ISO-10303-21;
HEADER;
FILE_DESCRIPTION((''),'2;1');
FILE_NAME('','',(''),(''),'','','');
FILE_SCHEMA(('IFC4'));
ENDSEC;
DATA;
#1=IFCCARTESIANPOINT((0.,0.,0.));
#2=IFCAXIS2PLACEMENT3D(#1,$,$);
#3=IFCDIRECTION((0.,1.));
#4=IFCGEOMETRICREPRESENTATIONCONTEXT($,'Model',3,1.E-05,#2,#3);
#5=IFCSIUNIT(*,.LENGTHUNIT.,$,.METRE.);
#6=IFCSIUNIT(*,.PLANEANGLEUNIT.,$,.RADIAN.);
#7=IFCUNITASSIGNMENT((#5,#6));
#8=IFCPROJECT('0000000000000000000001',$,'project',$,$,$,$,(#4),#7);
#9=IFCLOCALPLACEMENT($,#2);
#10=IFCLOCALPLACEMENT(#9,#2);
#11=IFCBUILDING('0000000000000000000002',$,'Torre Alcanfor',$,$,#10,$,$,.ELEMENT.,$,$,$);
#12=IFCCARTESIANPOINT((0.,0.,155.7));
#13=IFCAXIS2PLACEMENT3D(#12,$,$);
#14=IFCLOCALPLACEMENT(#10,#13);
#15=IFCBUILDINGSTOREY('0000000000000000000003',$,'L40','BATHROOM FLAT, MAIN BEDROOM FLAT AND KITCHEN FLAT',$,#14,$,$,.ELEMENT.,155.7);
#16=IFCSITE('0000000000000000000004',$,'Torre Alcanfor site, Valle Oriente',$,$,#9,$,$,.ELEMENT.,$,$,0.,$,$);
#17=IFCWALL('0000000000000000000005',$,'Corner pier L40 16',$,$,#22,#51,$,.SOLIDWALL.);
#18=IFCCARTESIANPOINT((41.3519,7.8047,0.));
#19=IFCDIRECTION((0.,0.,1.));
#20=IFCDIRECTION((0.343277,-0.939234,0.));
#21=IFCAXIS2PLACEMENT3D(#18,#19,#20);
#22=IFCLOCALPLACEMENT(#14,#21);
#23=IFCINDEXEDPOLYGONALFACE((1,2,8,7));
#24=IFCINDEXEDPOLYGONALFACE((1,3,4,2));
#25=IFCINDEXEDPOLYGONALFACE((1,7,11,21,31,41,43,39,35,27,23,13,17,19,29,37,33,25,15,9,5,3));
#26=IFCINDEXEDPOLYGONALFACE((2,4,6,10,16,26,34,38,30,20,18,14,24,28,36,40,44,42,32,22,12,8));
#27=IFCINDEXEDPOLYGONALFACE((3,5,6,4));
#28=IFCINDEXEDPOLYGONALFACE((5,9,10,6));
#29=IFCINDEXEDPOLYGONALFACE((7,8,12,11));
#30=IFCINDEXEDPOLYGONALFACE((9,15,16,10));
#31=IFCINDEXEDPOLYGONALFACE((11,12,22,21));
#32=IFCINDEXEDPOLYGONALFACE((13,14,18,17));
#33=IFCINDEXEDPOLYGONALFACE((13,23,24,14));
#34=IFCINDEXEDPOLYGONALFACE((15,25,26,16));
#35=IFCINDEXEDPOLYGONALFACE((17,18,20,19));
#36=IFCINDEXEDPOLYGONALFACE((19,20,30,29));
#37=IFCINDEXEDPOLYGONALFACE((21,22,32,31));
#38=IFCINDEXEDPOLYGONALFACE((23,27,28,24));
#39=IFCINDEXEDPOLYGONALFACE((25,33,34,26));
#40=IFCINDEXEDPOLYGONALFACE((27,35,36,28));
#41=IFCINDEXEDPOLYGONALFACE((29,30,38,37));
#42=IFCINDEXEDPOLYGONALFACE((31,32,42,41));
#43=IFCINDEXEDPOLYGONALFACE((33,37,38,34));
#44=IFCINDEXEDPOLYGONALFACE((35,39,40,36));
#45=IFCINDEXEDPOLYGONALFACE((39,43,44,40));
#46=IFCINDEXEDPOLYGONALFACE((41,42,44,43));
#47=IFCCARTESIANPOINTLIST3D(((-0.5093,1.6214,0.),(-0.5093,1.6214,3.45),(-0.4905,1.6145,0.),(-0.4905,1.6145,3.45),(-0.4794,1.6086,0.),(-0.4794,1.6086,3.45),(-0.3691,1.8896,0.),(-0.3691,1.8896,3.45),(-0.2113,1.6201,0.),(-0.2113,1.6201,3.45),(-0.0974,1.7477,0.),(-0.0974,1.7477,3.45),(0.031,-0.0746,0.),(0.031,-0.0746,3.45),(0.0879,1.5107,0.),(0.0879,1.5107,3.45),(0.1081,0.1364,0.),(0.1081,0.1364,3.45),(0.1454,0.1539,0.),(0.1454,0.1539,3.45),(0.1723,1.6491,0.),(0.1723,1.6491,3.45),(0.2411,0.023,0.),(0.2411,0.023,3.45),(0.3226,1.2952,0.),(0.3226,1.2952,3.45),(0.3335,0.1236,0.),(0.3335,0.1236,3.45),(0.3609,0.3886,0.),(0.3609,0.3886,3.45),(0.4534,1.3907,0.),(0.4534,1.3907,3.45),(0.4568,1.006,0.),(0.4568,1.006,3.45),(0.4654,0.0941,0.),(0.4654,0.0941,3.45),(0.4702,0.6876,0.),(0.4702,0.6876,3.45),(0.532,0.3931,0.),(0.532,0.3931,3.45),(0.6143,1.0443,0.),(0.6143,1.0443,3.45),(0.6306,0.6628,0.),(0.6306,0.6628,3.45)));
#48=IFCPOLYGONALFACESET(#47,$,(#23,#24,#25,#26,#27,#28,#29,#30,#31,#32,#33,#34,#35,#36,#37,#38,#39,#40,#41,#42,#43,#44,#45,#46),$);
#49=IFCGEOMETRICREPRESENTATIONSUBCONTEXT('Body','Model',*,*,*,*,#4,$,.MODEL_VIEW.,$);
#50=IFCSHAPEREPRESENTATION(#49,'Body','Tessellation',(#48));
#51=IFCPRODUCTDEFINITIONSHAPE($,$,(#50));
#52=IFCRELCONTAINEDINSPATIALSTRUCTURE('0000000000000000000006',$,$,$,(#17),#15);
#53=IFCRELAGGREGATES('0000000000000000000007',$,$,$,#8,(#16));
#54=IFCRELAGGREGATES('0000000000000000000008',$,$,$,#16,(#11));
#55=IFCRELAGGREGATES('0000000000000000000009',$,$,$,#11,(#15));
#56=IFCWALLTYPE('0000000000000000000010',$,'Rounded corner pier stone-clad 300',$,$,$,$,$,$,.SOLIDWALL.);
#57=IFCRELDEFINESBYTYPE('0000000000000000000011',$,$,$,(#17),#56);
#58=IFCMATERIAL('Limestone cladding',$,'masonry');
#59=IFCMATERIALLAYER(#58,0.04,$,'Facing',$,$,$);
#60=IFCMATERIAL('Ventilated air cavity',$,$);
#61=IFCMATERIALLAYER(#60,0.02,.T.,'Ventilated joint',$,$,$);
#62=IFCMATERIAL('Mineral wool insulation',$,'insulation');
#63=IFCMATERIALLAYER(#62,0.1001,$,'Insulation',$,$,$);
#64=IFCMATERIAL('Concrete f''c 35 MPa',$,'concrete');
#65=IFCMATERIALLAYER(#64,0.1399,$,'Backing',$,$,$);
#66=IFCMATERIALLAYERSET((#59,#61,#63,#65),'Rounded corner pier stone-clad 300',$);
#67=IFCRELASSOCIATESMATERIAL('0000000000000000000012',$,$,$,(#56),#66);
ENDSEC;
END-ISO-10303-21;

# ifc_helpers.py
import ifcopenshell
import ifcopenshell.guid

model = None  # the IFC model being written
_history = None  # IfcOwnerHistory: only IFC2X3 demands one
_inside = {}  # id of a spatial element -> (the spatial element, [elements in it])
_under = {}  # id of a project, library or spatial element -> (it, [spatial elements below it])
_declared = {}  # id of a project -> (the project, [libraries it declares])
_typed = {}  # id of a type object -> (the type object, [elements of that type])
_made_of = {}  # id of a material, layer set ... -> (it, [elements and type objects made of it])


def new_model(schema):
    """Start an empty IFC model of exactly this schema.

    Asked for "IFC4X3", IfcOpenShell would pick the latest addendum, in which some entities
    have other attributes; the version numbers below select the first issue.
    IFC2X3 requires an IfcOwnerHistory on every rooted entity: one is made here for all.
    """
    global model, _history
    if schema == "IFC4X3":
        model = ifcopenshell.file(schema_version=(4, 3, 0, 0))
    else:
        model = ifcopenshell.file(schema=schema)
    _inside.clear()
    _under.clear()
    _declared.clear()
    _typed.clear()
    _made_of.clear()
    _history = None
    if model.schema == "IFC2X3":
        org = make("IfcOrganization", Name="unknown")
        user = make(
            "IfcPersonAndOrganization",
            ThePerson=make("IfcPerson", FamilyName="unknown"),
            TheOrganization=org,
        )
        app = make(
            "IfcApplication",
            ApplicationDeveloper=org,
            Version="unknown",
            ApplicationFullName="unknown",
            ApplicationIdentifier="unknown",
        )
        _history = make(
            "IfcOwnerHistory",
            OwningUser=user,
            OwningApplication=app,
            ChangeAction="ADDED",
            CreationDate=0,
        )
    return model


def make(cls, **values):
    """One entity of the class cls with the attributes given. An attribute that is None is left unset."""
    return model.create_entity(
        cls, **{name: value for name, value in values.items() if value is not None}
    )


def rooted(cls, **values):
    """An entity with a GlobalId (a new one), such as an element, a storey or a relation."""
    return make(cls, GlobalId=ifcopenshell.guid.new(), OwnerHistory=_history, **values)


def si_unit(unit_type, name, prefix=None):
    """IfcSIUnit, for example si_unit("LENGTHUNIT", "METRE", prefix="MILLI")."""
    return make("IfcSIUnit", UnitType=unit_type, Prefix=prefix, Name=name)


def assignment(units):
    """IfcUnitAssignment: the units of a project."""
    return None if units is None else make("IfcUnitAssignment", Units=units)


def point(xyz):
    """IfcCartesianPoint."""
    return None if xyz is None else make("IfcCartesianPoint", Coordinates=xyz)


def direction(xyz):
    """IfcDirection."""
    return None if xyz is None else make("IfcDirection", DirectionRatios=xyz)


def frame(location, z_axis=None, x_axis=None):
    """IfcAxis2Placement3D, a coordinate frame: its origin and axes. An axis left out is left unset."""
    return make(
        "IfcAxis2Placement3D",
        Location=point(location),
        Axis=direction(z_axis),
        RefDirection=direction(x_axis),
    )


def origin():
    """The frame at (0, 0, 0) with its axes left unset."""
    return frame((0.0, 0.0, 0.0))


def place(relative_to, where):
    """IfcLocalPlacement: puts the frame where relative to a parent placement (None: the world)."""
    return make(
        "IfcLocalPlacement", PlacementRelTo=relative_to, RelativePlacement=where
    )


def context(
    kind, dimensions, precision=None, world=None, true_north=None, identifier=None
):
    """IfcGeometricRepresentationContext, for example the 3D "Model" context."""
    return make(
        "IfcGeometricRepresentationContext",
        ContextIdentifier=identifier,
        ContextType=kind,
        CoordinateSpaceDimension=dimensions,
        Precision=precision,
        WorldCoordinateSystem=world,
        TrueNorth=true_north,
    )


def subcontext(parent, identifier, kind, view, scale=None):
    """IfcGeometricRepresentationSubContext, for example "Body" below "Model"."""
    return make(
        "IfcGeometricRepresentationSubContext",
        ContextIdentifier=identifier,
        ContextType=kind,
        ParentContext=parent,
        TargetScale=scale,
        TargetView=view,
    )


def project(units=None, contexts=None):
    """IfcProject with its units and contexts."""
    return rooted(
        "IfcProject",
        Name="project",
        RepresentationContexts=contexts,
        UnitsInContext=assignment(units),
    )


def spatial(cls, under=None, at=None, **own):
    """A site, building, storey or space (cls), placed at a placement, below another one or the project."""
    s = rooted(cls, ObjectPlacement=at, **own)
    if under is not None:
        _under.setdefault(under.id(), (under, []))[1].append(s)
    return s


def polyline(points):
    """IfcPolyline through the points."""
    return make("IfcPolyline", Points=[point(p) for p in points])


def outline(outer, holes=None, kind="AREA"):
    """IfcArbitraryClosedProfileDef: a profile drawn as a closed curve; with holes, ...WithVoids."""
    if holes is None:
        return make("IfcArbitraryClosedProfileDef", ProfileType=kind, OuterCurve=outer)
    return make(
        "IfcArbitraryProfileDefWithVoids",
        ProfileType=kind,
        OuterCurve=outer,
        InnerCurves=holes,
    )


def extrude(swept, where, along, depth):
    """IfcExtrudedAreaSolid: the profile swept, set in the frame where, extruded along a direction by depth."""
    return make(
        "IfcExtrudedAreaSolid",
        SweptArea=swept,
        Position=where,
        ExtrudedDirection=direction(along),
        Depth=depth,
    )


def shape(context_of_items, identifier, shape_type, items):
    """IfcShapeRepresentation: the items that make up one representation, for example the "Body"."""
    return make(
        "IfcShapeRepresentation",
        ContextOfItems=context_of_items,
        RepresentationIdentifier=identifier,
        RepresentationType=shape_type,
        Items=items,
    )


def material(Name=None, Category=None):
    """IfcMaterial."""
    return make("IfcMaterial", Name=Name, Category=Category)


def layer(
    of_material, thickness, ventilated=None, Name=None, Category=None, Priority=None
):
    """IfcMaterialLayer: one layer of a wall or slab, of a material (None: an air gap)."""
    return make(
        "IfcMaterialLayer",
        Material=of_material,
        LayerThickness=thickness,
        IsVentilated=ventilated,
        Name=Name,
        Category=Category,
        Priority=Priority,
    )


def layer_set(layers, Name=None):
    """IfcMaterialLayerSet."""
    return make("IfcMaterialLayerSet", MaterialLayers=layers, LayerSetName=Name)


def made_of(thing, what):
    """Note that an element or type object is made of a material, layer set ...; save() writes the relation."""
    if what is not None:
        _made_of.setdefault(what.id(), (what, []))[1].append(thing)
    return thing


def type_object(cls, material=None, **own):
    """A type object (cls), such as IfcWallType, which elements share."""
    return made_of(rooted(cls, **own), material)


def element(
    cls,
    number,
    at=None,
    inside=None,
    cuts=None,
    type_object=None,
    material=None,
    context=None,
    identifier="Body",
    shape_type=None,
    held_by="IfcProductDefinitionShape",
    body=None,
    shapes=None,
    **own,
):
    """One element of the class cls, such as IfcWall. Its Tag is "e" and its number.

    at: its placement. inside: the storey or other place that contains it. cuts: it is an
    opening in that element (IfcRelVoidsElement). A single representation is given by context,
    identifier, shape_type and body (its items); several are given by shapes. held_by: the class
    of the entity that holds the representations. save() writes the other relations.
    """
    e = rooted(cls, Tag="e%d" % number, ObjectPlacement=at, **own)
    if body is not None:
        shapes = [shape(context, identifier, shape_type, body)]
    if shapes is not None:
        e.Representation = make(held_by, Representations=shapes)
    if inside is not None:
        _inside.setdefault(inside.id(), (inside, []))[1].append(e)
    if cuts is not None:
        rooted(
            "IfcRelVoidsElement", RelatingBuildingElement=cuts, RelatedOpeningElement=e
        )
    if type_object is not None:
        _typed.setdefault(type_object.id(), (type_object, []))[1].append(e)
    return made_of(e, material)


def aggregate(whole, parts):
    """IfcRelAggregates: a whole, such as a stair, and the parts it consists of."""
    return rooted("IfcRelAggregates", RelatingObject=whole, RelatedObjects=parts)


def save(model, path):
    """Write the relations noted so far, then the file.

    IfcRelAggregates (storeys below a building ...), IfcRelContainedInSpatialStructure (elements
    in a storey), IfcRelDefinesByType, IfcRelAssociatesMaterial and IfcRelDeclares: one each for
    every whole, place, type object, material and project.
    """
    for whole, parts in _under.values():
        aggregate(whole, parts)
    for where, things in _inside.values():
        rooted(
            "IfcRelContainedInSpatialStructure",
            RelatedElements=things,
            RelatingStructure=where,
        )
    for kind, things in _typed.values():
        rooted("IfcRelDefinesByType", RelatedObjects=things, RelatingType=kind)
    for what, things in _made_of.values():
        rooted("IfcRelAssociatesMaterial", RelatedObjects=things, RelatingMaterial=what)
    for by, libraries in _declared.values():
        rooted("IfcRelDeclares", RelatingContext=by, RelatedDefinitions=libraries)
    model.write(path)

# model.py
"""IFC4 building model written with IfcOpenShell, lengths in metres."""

from ifc_helpers import new_model, si_unit, direction, frame, origin, place, context, subcontext, project, spatial, polyline, outline, extrude, material, layer, layer_set, type_object, element, save


model = new_model("IFC4")

# Units and contexts
model_context = context("Model", 3, precision=1e-05, world=origin(), true_north=direction((0.0, 1.0)))
body_context = subcontext(model_context, "Body", "Model", "MODEL_VIEW")
ifc_project = project(units=[si_unit("LENGTHUNIT", "METRE"), si_unit("PLANEANGLEUNIT", "RADIAN")], contexts=[model_context])

# Site, building, storey
site_placement = place(None, origin())
site = spatial("IfcSite", under=ifc_project, at=site_placement, Name="Torre Alcanfor site, Valle Oriente", CompositionType="ELEMENT", RefElevation=0.0)
building_placement = place(site_placement, origin())
building = spatial("IfcBuilding", under=site, at=building_placement, Name="Torre Alcanfor", CompositionType="ELEMENT")
storey_placement = place(building_placement, frame((0.0, 0.0, 155.7)))
storey = spatial("IfcBuildingStorey", under=building, at=storey_placement, Name="L40", Description="BATHROOM FLAT, MAIN BEDROOM FLAT AND KITCHEN FLAT", CompositionType="ELEMENT", Elevation=155.7)

# Wall
ifc_material_1 = material(Name="Limestone cladding", Category="masonry")
ifc_layer_1 = layer(ifc_material_1, 0.04, Name="Facing")
ifc_material_2 = material(Name="Ventilated air cavity")
ifc_layer_2 = layer(ifc_material_2, 0.02, ventilated=True, Name="Ventilated joint")
ifc_material_3 = material(Name="Mineral wool insulation", Category="insulation")
ifc_layer_3 = layer(ifc_material_3, 0.1001, Name="Insulation")
ifc_material_4 = material(Name="Concrete f'c 35 MPa", Category="concrete")
ifc_layer_4 = layer(ifc_material_4, 0.1399, Name="Backing")
ifc_layer_set_1 = layer_set([ifc_layer_1, ifc_layer_2, ifc_layer_3, ifc_layer_4], Name="Rounded corner pier stone-clad 300")
wall_type_1 = type_object("IfcWallType", Name="Rounded corner pier stone-clad 300", PredefinedType="SOLIDWALL", material=ifc_layer_set_1)
wall_1_placement = place(storey_placement, frame((41.3519, 7.8047, 0.0), z_axis=(0.0, 0.0, 1.0), x_axis=(0.343277, -0.939234, 0.0)))
element("IfcWall", 1, at=wall_1_placement, inside=storey, type_object=wall_type_1, Name="Corner pier L40 16", PredefinedType="SOLIDWALL", context=body_context, shape_type="SweptSolid", body=[
    extrude(outline(polyline([(-0.3691, 1.8896), (-0.5093, 1.6214), (-0.4905, 1.6145), (-0.4794, 1.6086), (-0.2113, 1.6201), (0.0879, 1.5107), (0.3226, 1.2952), (0.4568, 1.006), (0.4702, 0.6876), (0.3609, 0.3886), (0.1454, 0.1539), (0.1081, 0.1364), (0.031, -0.0746), (0.2411, 0.023), (0.3335, 0.1236), (0.4654, 0.0941), (0.532, 0.3931), (0.6306, 0.6628), (0.6143, 1.0443), (0.4534, 1.3907), (0.1723, 1.6491), (-0.0974, 1.7477), (-0.3691, 1.8896)])), origin(), (0.0, 0.0, 1.0), 3.45),
])

save(model, "model.ifc")
